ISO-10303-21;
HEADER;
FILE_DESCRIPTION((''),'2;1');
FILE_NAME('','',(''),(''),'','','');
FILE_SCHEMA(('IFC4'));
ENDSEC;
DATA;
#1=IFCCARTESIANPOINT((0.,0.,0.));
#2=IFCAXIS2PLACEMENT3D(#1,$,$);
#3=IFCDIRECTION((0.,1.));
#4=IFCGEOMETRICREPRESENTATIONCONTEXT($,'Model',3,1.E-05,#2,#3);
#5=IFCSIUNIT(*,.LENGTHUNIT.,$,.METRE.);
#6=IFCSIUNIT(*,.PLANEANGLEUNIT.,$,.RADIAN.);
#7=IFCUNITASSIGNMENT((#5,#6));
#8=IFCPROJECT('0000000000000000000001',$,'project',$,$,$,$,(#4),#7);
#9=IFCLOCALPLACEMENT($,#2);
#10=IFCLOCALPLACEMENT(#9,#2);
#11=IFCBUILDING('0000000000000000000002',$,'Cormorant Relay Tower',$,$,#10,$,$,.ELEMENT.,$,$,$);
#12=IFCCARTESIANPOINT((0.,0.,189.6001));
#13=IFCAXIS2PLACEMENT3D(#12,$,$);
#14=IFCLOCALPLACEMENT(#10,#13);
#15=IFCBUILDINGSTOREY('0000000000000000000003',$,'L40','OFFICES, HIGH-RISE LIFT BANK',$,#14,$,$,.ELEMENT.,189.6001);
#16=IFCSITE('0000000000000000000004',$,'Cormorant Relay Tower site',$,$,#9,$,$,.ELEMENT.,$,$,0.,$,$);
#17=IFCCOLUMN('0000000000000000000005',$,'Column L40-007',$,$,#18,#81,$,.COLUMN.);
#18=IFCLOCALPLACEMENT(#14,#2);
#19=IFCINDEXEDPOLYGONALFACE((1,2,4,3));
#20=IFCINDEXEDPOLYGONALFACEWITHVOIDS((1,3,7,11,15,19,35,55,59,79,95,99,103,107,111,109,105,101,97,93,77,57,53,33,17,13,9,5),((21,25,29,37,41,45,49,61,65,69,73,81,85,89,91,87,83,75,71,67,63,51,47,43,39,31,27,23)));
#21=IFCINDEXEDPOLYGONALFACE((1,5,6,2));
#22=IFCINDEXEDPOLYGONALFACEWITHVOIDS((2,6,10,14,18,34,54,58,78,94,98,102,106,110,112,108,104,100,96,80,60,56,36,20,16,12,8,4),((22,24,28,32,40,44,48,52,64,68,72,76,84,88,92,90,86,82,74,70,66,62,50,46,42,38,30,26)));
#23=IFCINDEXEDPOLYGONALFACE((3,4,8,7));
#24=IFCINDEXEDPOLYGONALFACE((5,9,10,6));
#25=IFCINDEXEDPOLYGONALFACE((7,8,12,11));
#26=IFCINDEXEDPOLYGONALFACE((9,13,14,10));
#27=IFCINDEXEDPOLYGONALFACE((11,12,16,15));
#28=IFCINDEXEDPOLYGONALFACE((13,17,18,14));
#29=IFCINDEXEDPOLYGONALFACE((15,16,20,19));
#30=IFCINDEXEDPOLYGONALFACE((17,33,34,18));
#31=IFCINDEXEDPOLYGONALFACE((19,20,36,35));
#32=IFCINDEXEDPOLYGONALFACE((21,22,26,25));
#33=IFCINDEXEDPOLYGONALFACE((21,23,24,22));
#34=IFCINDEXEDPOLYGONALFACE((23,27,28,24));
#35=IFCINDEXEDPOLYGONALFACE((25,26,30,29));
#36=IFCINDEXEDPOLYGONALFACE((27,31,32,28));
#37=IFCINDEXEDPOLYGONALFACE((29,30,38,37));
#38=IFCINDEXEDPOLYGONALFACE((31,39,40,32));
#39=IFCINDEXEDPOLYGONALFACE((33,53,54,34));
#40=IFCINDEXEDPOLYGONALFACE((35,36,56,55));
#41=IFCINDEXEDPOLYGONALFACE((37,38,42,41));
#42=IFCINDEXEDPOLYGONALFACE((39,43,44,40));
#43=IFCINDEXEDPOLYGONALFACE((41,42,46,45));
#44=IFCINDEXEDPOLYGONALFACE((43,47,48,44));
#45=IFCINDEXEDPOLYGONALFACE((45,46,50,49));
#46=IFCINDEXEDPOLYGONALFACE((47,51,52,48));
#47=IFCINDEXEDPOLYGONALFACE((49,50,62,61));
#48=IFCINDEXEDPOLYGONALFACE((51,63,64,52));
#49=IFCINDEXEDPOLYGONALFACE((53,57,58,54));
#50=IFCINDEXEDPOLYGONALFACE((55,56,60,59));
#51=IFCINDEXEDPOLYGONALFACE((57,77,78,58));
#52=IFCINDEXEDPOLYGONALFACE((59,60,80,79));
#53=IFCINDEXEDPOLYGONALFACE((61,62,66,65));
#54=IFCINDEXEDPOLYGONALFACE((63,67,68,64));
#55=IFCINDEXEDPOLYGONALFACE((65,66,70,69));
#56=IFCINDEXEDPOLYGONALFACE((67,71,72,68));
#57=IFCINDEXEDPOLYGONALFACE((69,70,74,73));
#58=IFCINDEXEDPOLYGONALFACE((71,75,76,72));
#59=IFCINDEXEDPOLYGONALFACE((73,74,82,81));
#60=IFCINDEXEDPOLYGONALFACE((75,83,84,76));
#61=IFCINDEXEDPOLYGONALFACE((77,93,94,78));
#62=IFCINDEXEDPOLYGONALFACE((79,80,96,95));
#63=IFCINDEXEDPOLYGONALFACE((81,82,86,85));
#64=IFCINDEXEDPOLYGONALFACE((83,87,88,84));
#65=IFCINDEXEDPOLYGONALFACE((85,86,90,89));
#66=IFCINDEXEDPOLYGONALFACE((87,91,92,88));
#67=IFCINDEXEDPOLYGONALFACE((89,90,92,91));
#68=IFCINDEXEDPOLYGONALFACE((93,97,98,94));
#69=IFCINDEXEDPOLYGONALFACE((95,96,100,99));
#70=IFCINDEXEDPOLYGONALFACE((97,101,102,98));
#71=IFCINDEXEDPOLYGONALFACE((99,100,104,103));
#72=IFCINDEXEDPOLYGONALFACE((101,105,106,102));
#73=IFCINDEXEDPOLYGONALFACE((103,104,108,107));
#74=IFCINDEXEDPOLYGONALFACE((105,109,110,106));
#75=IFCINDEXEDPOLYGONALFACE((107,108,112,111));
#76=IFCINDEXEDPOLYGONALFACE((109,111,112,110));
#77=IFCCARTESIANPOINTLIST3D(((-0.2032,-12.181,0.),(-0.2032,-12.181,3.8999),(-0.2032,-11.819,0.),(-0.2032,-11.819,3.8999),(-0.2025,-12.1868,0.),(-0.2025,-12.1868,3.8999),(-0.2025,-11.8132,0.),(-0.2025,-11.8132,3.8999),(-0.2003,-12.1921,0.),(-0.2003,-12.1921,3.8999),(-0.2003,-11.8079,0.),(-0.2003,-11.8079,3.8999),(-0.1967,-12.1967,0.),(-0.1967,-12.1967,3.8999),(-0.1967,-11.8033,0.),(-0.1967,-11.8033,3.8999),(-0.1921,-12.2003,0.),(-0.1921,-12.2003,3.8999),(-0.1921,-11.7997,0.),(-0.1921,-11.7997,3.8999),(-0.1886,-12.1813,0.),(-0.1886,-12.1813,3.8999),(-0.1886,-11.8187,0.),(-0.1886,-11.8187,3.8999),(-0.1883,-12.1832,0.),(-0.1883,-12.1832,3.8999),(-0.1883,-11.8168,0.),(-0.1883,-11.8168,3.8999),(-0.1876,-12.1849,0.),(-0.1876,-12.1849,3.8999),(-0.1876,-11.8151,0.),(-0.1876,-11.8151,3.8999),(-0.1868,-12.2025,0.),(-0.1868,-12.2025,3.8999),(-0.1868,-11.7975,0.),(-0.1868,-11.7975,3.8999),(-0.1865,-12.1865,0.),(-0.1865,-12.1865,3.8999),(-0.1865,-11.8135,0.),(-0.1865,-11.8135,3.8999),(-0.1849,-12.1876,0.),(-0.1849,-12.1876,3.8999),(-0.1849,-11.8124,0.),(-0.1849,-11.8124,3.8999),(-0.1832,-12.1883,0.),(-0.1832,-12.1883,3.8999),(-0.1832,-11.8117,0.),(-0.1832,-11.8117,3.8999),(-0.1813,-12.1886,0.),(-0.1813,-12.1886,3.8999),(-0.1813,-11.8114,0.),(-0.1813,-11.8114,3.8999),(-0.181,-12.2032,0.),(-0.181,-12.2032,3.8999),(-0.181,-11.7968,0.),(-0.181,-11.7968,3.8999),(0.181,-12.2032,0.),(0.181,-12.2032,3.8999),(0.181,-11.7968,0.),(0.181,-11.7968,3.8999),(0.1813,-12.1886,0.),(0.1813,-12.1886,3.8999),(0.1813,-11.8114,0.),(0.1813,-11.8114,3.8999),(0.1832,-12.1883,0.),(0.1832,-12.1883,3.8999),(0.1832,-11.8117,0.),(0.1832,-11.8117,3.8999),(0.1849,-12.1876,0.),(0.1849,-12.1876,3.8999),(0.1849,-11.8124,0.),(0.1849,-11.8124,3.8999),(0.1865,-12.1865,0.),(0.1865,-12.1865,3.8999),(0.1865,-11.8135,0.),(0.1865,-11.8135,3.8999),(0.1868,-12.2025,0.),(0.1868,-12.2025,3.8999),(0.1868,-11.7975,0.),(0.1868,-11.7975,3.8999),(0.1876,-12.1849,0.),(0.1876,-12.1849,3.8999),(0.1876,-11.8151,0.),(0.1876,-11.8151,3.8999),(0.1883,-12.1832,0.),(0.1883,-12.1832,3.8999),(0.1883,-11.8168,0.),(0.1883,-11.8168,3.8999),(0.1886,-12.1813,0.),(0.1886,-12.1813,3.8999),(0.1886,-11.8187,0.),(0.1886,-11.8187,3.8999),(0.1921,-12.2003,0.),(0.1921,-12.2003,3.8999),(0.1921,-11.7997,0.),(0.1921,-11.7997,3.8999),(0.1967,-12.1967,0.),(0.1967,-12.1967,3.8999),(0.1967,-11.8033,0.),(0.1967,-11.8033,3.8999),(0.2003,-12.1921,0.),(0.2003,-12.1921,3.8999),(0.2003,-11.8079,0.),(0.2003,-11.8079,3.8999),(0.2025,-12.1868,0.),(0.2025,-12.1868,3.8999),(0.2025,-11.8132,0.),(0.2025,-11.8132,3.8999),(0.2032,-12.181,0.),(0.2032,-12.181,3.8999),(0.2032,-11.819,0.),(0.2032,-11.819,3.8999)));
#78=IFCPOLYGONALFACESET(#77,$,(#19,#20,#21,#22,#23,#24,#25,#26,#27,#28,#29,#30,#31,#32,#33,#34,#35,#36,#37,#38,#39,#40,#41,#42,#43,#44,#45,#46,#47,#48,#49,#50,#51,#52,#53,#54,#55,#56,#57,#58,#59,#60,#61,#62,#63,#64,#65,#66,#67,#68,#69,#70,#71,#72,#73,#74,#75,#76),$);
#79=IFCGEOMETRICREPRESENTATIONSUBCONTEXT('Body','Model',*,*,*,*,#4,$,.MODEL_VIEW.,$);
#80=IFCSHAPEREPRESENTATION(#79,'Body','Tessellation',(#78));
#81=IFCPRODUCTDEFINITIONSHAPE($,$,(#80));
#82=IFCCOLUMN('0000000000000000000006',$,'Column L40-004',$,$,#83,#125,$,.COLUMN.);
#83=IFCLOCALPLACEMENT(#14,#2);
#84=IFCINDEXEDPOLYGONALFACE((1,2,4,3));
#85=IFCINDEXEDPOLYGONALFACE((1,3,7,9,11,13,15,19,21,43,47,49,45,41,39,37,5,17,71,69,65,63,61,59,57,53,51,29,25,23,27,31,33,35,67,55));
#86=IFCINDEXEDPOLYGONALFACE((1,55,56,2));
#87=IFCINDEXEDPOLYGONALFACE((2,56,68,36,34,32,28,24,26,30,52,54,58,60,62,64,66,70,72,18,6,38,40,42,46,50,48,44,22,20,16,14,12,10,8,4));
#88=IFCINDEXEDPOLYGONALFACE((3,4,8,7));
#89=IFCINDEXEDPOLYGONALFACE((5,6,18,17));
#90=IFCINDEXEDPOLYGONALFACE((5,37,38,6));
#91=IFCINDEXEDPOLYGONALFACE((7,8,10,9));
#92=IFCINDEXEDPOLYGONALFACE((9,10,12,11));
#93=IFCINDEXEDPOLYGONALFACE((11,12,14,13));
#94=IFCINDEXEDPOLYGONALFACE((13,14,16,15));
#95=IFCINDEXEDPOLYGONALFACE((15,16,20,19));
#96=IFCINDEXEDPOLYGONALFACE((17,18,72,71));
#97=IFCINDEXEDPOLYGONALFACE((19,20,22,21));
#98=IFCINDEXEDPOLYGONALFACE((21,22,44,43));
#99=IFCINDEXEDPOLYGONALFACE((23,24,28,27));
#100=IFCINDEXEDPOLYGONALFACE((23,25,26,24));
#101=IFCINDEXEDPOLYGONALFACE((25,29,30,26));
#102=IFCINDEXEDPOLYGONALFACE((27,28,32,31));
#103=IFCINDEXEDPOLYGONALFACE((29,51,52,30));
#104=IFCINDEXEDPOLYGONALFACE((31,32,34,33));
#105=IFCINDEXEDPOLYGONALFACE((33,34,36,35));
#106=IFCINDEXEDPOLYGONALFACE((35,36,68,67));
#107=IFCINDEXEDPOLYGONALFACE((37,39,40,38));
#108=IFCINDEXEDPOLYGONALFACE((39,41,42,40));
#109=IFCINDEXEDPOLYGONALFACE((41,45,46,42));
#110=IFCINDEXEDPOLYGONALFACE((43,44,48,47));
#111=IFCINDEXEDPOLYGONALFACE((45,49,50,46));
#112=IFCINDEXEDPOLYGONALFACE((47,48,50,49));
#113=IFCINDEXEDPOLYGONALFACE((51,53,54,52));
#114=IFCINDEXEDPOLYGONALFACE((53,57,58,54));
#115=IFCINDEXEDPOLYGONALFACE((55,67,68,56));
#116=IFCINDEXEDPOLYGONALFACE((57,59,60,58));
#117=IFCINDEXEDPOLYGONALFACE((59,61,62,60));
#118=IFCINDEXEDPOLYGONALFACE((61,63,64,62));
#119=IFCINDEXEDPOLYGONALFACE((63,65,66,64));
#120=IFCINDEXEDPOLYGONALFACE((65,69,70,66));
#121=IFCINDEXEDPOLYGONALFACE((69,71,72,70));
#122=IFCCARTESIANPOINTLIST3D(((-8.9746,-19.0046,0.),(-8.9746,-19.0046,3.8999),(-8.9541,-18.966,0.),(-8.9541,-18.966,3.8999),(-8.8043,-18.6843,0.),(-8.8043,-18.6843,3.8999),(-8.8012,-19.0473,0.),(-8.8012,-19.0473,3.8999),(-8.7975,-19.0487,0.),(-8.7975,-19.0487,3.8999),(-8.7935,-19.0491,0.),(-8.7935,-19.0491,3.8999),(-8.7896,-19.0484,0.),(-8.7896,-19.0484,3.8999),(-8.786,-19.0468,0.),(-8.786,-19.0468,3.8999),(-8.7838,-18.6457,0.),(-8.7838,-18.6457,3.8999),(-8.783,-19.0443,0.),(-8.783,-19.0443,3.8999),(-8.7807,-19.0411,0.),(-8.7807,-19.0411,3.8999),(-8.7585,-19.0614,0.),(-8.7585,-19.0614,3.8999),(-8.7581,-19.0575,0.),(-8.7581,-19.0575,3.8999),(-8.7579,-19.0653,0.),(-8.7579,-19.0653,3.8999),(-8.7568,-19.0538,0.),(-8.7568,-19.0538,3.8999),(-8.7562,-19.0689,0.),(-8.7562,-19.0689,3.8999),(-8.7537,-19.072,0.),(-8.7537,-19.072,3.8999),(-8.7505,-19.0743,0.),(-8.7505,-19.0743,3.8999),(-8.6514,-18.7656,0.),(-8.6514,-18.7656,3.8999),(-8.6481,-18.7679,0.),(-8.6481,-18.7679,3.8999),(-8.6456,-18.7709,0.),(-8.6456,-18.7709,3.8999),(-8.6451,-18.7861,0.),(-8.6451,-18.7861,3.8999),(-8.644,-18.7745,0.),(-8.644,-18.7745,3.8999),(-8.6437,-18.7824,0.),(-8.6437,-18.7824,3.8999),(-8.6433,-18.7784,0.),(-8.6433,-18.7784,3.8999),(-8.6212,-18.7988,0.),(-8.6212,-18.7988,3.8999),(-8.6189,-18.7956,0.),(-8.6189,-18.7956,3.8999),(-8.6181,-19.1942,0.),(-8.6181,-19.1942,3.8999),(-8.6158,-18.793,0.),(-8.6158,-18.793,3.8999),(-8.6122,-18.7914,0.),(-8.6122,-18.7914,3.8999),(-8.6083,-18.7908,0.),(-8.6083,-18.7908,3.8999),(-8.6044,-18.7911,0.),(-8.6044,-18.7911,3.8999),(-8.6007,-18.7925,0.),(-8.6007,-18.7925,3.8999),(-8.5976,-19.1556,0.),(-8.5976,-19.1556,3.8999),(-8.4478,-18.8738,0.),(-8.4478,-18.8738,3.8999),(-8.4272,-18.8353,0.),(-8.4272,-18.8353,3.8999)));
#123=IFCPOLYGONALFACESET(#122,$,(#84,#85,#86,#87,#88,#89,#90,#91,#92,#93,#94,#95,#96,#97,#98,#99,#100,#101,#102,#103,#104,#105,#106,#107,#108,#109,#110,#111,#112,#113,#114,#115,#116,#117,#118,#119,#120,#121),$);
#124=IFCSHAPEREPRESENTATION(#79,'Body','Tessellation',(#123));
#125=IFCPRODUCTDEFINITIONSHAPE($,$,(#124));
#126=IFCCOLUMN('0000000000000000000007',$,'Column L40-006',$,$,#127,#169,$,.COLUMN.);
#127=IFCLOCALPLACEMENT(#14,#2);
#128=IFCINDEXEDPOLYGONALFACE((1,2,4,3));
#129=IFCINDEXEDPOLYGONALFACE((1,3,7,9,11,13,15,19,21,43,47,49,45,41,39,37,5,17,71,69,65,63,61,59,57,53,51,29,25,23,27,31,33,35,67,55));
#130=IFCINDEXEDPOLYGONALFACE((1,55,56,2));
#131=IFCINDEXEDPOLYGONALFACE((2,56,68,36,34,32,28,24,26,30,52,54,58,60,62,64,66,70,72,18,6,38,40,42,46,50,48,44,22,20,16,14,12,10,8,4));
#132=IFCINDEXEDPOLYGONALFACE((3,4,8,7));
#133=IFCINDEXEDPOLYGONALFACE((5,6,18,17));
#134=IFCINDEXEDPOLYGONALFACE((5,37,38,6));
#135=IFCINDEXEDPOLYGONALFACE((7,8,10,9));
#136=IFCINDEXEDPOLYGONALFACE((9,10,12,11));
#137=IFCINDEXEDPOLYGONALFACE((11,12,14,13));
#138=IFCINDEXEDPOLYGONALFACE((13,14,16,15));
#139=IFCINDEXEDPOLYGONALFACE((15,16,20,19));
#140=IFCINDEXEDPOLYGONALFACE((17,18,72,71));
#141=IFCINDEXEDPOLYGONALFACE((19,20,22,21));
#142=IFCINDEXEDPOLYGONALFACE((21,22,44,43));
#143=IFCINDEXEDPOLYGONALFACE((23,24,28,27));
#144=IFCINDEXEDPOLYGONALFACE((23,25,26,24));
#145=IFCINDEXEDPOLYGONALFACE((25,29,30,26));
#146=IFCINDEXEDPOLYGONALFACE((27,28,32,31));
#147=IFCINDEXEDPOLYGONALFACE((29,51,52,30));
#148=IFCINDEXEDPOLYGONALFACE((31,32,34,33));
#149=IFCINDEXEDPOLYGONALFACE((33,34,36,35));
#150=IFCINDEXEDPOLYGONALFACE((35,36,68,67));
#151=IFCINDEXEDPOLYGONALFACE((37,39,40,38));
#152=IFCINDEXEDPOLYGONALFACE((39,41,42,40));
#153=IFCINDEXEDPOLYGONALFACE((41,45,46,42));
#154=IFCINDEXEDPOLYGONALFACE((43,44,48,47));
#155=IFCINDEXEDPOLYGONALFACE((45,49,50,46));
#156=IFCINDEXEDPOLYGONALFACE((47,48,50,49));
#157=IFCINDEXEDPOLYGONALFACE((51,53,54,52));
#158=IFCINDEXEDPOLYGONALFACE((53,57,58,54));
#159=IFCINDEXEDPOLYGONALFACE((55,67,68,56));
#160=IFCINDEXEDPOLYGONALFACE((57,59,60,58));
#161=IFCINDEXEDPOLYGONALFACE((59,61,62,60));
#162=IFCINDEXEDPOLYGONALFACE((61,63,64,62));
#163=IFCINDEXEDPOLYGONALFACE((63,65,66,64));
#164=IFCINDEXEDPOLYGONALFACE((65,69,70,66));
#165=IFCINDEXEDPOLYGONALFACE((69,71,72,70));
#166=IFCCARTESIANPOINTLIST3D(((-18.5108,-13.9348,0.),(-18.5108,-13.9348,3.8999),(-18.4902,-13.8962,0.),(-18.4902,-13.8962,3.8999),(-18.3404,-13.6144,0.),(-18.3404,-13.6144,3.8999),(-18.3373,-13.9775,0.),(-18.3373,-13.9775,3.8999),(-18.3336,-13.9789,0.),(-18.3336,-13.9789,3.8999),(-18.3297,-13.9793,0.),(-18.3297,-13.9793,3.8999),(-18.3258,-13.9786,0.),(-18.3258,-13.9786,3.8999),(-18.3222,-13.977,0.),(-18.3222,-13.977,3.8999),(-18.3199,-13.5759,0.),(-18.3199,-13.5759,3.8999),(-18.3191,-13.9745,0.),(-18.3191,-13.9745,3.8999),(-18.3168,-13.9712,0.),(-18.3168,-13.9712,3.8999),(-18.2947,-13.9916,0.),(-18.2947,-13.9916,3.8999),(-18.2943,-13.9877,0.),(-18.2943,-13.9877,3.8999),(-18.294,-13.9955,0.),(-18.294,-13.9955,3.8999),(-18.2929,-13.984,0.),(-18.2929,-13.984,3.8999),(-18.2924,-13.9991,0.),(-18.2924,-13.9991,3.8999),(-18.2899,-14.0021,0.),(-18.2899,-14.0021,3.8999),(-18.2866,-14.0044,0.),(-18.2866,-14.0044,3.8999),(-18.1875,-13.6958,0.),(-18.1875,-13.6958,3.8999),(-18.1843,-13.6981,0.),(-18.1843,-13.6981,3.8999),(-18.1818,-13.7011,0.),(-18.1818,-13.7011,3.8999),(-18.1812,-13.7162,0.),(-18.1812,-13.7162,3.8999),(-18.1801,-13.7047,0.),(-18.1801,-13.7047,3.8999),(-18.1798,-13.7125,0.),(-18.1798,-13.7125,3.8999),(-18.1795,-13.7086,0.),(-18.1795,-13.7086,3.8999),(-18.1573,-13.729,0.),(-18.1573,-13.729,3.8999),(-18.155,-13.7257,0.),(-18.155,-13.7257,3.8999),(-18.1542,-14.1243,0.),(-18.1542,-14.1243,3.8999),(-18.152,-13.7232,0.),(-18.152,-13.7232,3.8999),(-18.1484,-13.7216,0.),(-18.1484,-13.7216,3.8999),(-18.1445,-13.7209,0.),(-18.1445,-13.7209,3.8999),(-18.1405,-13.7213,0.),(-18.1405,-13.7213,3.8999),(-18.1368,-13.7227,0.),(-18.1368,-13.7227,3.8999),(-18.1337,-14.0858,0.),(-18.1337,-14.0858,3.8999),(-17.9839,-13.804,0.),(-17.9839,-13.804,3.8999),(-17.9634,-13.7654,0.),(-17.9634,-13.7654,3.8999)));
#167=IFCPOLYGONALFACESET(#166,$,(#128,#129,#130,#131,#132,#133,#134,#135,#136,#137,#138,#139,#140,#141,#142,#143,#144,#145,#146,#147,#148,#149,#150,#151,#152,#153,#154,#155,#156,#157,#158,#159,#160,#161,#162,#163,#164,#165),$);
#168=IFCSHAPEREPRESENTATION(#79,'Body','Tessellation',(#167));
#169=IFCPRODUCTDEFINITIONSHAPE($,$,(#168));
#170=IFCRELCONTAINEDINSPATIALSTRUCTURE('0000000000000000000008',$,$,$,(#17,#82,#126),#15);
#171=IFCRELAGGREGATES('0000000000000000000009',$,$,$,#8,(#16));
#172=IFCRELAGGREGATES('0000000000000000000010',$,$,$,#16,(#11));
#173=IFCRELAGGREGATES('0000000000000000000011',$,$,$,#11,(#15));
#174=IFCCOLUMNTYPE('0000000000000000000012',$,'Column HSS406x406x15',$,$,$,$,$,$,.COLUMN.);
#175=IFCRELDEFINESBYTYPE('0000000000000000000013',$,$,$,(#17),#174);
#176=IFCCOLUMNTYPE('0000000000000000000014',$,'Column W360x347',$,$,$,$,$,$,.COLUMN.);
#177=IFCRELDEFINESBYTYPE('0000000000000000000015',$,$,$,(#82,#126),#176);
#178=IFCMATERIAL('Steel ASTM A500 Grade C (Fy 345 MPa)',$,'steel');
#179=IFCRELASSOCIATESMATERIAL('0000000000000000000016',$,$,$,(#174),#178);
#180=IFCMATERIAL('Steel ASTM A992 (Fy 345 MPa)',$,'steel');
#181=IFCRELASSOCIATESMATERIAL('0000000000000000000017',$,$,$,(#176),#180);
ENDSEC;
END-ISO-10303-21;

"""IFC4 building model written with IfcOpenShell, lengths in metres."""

from ifc_helpers import new_model, si_unit, direction, frame, origin, origin_2d, place, context, subcontext, project, spatial, hollow_rectangle, i_section, extrude, material, material_profile, profile_set, type_object, element, save


model = new_model("IFC4")

# Units and contexts
model_context = context("Model", 3, precision=1e-05, world=origin(), true_north=direction((0.0, 1.0)))
body_context = subcontext(model_context, "Body", "Model", "MODEL_VIEW")
ifc_project = project(units=[si_unit("LENGTHUNIT", "METRE"), si_unit("PLANEANGLEUNIT", "RADIAN")], contexts=[model_context])

# Site, building, storey
site_placement = place(None, origin())
site = spatial("IfcSite", under=ifc_project, at=site_placement, Name="Cormorant Relay Tower site", CompositionType="ELEMENT", RefElevation=0.0)
building_placement = place(site_placement, origin())
building = spatial("IfcBuilding", under=site, at=building_placement, Name="Cormorant Relay Tower", CompositionType="ELEMENT")
storey_placement = place(building_placement, frame((0.0, 0.0, 189.6001)))
storey = spatial("IfcBuildingStorey", under=building, at=storey_placement, Name="L40", Description="OFFICES, HIGH-RISE LIFT BANK", CompositionType="ELEMENT", Elevation=189.6001)

# Columns
ifc_material_1 = material(Name="Steel ASTM A500 Grade C (Fy 345 MPa)", Category="steel")
ifc_material_profile_1 = material_profile(ifc_material_1, hollow_rectangle(XDim=0.4065, YDim=0.4065, WallThickness=0.0146, InnerFilletRadius=0.0073, OuterFilletRadius=0.0222, at=origin_2d()), Name="HSS406x406x15")
ifc_profile_set_1 = profile_set([ifc_material_profile_1], Name="Steel ASTM A500 Grade C (Fy 345 MPa)")
column_type_1 = type_object("IfcColumnType", Name="Column HSS406x406x15", PredefinedType="COLUMN", material=ifc_profile_set_1)
column_1_placement = place(storey_placement, frame((0.0, -12.0, 0.0), z_axis=(0.0, 0.0, 1.0), x_axis=(1.0, 0.0, 0.0)))
element("IfcColumn", 1, at=column_1_placement, inside=storey, type_object=column_type_1, Name="Column L40-007", PredefinedType="COLUMN", context=body_context, shape_type="SweptSolid", body=[
    extrude(hollow_rectangle(XDim=0.4065, YDim=0.4065, WallThickness=0.0146, InnerFilletRadius=0.0073, OuterFilletRadius=0.0222, at=origin_2d()), origin(), (0.0, 0.0, 1.0), 3.8999),
])
ifc_material_2 = material(Name="Steel ASTM A992 (Fy 345 MPa)", Category="steel")
ifc_material_profile_2 = material_profile(ifc_material_2, i_section(OverallWidth=0.4038, OverallDepth=0.4065, WebThickness=0.0271, FlangeThickness=0.0437, FilletRadius=0.0151, at=origin_2d()), Name="W360x347")
ifc_profile_set_2 = profile_set([ifc_material_profile_2], Name="Steel ASTM A992 (Fy 345 MPa)")
column_type_2 = type_object("IfcColumnType", Name="Column W360x347", PredefinedType="COLUMN", material=ifc_profile_set_2)
for number, where, z_axis, x_axis, name in (
    (2, (-8.7009, -18.9199, 0.0), (0.0, 0.0, 1.0), (0.882948, -0.469472, 0.0), "Column L40-004"),
    (3, (-18.2371, -13.8501, 0.0), (0.0, 0.0, 1.0), (0.882948, -0.469472, 0.0), "Column L40-006"),
):
    element("IfcColumn", number, at=place(storey_placement, frame(where, z_axis=z_axis, x_axis=x_axis)), inside=storey, type_object=column_type_2, Name=name, PredefinedType="COLUMN", context=body_context, shape_type="SweptSolid", body=[
        extrude(i_section(OverallWidth=0.4038, OverallDepth=0.4065, WebThickness=0.0271, FlangeThickness=0.0437, FilletRadius=0.0151, at=origin_2d()), origin(), (0.0, 0.0, 1.0), 3.8999),
    ])

save(model, "model.ifc")
